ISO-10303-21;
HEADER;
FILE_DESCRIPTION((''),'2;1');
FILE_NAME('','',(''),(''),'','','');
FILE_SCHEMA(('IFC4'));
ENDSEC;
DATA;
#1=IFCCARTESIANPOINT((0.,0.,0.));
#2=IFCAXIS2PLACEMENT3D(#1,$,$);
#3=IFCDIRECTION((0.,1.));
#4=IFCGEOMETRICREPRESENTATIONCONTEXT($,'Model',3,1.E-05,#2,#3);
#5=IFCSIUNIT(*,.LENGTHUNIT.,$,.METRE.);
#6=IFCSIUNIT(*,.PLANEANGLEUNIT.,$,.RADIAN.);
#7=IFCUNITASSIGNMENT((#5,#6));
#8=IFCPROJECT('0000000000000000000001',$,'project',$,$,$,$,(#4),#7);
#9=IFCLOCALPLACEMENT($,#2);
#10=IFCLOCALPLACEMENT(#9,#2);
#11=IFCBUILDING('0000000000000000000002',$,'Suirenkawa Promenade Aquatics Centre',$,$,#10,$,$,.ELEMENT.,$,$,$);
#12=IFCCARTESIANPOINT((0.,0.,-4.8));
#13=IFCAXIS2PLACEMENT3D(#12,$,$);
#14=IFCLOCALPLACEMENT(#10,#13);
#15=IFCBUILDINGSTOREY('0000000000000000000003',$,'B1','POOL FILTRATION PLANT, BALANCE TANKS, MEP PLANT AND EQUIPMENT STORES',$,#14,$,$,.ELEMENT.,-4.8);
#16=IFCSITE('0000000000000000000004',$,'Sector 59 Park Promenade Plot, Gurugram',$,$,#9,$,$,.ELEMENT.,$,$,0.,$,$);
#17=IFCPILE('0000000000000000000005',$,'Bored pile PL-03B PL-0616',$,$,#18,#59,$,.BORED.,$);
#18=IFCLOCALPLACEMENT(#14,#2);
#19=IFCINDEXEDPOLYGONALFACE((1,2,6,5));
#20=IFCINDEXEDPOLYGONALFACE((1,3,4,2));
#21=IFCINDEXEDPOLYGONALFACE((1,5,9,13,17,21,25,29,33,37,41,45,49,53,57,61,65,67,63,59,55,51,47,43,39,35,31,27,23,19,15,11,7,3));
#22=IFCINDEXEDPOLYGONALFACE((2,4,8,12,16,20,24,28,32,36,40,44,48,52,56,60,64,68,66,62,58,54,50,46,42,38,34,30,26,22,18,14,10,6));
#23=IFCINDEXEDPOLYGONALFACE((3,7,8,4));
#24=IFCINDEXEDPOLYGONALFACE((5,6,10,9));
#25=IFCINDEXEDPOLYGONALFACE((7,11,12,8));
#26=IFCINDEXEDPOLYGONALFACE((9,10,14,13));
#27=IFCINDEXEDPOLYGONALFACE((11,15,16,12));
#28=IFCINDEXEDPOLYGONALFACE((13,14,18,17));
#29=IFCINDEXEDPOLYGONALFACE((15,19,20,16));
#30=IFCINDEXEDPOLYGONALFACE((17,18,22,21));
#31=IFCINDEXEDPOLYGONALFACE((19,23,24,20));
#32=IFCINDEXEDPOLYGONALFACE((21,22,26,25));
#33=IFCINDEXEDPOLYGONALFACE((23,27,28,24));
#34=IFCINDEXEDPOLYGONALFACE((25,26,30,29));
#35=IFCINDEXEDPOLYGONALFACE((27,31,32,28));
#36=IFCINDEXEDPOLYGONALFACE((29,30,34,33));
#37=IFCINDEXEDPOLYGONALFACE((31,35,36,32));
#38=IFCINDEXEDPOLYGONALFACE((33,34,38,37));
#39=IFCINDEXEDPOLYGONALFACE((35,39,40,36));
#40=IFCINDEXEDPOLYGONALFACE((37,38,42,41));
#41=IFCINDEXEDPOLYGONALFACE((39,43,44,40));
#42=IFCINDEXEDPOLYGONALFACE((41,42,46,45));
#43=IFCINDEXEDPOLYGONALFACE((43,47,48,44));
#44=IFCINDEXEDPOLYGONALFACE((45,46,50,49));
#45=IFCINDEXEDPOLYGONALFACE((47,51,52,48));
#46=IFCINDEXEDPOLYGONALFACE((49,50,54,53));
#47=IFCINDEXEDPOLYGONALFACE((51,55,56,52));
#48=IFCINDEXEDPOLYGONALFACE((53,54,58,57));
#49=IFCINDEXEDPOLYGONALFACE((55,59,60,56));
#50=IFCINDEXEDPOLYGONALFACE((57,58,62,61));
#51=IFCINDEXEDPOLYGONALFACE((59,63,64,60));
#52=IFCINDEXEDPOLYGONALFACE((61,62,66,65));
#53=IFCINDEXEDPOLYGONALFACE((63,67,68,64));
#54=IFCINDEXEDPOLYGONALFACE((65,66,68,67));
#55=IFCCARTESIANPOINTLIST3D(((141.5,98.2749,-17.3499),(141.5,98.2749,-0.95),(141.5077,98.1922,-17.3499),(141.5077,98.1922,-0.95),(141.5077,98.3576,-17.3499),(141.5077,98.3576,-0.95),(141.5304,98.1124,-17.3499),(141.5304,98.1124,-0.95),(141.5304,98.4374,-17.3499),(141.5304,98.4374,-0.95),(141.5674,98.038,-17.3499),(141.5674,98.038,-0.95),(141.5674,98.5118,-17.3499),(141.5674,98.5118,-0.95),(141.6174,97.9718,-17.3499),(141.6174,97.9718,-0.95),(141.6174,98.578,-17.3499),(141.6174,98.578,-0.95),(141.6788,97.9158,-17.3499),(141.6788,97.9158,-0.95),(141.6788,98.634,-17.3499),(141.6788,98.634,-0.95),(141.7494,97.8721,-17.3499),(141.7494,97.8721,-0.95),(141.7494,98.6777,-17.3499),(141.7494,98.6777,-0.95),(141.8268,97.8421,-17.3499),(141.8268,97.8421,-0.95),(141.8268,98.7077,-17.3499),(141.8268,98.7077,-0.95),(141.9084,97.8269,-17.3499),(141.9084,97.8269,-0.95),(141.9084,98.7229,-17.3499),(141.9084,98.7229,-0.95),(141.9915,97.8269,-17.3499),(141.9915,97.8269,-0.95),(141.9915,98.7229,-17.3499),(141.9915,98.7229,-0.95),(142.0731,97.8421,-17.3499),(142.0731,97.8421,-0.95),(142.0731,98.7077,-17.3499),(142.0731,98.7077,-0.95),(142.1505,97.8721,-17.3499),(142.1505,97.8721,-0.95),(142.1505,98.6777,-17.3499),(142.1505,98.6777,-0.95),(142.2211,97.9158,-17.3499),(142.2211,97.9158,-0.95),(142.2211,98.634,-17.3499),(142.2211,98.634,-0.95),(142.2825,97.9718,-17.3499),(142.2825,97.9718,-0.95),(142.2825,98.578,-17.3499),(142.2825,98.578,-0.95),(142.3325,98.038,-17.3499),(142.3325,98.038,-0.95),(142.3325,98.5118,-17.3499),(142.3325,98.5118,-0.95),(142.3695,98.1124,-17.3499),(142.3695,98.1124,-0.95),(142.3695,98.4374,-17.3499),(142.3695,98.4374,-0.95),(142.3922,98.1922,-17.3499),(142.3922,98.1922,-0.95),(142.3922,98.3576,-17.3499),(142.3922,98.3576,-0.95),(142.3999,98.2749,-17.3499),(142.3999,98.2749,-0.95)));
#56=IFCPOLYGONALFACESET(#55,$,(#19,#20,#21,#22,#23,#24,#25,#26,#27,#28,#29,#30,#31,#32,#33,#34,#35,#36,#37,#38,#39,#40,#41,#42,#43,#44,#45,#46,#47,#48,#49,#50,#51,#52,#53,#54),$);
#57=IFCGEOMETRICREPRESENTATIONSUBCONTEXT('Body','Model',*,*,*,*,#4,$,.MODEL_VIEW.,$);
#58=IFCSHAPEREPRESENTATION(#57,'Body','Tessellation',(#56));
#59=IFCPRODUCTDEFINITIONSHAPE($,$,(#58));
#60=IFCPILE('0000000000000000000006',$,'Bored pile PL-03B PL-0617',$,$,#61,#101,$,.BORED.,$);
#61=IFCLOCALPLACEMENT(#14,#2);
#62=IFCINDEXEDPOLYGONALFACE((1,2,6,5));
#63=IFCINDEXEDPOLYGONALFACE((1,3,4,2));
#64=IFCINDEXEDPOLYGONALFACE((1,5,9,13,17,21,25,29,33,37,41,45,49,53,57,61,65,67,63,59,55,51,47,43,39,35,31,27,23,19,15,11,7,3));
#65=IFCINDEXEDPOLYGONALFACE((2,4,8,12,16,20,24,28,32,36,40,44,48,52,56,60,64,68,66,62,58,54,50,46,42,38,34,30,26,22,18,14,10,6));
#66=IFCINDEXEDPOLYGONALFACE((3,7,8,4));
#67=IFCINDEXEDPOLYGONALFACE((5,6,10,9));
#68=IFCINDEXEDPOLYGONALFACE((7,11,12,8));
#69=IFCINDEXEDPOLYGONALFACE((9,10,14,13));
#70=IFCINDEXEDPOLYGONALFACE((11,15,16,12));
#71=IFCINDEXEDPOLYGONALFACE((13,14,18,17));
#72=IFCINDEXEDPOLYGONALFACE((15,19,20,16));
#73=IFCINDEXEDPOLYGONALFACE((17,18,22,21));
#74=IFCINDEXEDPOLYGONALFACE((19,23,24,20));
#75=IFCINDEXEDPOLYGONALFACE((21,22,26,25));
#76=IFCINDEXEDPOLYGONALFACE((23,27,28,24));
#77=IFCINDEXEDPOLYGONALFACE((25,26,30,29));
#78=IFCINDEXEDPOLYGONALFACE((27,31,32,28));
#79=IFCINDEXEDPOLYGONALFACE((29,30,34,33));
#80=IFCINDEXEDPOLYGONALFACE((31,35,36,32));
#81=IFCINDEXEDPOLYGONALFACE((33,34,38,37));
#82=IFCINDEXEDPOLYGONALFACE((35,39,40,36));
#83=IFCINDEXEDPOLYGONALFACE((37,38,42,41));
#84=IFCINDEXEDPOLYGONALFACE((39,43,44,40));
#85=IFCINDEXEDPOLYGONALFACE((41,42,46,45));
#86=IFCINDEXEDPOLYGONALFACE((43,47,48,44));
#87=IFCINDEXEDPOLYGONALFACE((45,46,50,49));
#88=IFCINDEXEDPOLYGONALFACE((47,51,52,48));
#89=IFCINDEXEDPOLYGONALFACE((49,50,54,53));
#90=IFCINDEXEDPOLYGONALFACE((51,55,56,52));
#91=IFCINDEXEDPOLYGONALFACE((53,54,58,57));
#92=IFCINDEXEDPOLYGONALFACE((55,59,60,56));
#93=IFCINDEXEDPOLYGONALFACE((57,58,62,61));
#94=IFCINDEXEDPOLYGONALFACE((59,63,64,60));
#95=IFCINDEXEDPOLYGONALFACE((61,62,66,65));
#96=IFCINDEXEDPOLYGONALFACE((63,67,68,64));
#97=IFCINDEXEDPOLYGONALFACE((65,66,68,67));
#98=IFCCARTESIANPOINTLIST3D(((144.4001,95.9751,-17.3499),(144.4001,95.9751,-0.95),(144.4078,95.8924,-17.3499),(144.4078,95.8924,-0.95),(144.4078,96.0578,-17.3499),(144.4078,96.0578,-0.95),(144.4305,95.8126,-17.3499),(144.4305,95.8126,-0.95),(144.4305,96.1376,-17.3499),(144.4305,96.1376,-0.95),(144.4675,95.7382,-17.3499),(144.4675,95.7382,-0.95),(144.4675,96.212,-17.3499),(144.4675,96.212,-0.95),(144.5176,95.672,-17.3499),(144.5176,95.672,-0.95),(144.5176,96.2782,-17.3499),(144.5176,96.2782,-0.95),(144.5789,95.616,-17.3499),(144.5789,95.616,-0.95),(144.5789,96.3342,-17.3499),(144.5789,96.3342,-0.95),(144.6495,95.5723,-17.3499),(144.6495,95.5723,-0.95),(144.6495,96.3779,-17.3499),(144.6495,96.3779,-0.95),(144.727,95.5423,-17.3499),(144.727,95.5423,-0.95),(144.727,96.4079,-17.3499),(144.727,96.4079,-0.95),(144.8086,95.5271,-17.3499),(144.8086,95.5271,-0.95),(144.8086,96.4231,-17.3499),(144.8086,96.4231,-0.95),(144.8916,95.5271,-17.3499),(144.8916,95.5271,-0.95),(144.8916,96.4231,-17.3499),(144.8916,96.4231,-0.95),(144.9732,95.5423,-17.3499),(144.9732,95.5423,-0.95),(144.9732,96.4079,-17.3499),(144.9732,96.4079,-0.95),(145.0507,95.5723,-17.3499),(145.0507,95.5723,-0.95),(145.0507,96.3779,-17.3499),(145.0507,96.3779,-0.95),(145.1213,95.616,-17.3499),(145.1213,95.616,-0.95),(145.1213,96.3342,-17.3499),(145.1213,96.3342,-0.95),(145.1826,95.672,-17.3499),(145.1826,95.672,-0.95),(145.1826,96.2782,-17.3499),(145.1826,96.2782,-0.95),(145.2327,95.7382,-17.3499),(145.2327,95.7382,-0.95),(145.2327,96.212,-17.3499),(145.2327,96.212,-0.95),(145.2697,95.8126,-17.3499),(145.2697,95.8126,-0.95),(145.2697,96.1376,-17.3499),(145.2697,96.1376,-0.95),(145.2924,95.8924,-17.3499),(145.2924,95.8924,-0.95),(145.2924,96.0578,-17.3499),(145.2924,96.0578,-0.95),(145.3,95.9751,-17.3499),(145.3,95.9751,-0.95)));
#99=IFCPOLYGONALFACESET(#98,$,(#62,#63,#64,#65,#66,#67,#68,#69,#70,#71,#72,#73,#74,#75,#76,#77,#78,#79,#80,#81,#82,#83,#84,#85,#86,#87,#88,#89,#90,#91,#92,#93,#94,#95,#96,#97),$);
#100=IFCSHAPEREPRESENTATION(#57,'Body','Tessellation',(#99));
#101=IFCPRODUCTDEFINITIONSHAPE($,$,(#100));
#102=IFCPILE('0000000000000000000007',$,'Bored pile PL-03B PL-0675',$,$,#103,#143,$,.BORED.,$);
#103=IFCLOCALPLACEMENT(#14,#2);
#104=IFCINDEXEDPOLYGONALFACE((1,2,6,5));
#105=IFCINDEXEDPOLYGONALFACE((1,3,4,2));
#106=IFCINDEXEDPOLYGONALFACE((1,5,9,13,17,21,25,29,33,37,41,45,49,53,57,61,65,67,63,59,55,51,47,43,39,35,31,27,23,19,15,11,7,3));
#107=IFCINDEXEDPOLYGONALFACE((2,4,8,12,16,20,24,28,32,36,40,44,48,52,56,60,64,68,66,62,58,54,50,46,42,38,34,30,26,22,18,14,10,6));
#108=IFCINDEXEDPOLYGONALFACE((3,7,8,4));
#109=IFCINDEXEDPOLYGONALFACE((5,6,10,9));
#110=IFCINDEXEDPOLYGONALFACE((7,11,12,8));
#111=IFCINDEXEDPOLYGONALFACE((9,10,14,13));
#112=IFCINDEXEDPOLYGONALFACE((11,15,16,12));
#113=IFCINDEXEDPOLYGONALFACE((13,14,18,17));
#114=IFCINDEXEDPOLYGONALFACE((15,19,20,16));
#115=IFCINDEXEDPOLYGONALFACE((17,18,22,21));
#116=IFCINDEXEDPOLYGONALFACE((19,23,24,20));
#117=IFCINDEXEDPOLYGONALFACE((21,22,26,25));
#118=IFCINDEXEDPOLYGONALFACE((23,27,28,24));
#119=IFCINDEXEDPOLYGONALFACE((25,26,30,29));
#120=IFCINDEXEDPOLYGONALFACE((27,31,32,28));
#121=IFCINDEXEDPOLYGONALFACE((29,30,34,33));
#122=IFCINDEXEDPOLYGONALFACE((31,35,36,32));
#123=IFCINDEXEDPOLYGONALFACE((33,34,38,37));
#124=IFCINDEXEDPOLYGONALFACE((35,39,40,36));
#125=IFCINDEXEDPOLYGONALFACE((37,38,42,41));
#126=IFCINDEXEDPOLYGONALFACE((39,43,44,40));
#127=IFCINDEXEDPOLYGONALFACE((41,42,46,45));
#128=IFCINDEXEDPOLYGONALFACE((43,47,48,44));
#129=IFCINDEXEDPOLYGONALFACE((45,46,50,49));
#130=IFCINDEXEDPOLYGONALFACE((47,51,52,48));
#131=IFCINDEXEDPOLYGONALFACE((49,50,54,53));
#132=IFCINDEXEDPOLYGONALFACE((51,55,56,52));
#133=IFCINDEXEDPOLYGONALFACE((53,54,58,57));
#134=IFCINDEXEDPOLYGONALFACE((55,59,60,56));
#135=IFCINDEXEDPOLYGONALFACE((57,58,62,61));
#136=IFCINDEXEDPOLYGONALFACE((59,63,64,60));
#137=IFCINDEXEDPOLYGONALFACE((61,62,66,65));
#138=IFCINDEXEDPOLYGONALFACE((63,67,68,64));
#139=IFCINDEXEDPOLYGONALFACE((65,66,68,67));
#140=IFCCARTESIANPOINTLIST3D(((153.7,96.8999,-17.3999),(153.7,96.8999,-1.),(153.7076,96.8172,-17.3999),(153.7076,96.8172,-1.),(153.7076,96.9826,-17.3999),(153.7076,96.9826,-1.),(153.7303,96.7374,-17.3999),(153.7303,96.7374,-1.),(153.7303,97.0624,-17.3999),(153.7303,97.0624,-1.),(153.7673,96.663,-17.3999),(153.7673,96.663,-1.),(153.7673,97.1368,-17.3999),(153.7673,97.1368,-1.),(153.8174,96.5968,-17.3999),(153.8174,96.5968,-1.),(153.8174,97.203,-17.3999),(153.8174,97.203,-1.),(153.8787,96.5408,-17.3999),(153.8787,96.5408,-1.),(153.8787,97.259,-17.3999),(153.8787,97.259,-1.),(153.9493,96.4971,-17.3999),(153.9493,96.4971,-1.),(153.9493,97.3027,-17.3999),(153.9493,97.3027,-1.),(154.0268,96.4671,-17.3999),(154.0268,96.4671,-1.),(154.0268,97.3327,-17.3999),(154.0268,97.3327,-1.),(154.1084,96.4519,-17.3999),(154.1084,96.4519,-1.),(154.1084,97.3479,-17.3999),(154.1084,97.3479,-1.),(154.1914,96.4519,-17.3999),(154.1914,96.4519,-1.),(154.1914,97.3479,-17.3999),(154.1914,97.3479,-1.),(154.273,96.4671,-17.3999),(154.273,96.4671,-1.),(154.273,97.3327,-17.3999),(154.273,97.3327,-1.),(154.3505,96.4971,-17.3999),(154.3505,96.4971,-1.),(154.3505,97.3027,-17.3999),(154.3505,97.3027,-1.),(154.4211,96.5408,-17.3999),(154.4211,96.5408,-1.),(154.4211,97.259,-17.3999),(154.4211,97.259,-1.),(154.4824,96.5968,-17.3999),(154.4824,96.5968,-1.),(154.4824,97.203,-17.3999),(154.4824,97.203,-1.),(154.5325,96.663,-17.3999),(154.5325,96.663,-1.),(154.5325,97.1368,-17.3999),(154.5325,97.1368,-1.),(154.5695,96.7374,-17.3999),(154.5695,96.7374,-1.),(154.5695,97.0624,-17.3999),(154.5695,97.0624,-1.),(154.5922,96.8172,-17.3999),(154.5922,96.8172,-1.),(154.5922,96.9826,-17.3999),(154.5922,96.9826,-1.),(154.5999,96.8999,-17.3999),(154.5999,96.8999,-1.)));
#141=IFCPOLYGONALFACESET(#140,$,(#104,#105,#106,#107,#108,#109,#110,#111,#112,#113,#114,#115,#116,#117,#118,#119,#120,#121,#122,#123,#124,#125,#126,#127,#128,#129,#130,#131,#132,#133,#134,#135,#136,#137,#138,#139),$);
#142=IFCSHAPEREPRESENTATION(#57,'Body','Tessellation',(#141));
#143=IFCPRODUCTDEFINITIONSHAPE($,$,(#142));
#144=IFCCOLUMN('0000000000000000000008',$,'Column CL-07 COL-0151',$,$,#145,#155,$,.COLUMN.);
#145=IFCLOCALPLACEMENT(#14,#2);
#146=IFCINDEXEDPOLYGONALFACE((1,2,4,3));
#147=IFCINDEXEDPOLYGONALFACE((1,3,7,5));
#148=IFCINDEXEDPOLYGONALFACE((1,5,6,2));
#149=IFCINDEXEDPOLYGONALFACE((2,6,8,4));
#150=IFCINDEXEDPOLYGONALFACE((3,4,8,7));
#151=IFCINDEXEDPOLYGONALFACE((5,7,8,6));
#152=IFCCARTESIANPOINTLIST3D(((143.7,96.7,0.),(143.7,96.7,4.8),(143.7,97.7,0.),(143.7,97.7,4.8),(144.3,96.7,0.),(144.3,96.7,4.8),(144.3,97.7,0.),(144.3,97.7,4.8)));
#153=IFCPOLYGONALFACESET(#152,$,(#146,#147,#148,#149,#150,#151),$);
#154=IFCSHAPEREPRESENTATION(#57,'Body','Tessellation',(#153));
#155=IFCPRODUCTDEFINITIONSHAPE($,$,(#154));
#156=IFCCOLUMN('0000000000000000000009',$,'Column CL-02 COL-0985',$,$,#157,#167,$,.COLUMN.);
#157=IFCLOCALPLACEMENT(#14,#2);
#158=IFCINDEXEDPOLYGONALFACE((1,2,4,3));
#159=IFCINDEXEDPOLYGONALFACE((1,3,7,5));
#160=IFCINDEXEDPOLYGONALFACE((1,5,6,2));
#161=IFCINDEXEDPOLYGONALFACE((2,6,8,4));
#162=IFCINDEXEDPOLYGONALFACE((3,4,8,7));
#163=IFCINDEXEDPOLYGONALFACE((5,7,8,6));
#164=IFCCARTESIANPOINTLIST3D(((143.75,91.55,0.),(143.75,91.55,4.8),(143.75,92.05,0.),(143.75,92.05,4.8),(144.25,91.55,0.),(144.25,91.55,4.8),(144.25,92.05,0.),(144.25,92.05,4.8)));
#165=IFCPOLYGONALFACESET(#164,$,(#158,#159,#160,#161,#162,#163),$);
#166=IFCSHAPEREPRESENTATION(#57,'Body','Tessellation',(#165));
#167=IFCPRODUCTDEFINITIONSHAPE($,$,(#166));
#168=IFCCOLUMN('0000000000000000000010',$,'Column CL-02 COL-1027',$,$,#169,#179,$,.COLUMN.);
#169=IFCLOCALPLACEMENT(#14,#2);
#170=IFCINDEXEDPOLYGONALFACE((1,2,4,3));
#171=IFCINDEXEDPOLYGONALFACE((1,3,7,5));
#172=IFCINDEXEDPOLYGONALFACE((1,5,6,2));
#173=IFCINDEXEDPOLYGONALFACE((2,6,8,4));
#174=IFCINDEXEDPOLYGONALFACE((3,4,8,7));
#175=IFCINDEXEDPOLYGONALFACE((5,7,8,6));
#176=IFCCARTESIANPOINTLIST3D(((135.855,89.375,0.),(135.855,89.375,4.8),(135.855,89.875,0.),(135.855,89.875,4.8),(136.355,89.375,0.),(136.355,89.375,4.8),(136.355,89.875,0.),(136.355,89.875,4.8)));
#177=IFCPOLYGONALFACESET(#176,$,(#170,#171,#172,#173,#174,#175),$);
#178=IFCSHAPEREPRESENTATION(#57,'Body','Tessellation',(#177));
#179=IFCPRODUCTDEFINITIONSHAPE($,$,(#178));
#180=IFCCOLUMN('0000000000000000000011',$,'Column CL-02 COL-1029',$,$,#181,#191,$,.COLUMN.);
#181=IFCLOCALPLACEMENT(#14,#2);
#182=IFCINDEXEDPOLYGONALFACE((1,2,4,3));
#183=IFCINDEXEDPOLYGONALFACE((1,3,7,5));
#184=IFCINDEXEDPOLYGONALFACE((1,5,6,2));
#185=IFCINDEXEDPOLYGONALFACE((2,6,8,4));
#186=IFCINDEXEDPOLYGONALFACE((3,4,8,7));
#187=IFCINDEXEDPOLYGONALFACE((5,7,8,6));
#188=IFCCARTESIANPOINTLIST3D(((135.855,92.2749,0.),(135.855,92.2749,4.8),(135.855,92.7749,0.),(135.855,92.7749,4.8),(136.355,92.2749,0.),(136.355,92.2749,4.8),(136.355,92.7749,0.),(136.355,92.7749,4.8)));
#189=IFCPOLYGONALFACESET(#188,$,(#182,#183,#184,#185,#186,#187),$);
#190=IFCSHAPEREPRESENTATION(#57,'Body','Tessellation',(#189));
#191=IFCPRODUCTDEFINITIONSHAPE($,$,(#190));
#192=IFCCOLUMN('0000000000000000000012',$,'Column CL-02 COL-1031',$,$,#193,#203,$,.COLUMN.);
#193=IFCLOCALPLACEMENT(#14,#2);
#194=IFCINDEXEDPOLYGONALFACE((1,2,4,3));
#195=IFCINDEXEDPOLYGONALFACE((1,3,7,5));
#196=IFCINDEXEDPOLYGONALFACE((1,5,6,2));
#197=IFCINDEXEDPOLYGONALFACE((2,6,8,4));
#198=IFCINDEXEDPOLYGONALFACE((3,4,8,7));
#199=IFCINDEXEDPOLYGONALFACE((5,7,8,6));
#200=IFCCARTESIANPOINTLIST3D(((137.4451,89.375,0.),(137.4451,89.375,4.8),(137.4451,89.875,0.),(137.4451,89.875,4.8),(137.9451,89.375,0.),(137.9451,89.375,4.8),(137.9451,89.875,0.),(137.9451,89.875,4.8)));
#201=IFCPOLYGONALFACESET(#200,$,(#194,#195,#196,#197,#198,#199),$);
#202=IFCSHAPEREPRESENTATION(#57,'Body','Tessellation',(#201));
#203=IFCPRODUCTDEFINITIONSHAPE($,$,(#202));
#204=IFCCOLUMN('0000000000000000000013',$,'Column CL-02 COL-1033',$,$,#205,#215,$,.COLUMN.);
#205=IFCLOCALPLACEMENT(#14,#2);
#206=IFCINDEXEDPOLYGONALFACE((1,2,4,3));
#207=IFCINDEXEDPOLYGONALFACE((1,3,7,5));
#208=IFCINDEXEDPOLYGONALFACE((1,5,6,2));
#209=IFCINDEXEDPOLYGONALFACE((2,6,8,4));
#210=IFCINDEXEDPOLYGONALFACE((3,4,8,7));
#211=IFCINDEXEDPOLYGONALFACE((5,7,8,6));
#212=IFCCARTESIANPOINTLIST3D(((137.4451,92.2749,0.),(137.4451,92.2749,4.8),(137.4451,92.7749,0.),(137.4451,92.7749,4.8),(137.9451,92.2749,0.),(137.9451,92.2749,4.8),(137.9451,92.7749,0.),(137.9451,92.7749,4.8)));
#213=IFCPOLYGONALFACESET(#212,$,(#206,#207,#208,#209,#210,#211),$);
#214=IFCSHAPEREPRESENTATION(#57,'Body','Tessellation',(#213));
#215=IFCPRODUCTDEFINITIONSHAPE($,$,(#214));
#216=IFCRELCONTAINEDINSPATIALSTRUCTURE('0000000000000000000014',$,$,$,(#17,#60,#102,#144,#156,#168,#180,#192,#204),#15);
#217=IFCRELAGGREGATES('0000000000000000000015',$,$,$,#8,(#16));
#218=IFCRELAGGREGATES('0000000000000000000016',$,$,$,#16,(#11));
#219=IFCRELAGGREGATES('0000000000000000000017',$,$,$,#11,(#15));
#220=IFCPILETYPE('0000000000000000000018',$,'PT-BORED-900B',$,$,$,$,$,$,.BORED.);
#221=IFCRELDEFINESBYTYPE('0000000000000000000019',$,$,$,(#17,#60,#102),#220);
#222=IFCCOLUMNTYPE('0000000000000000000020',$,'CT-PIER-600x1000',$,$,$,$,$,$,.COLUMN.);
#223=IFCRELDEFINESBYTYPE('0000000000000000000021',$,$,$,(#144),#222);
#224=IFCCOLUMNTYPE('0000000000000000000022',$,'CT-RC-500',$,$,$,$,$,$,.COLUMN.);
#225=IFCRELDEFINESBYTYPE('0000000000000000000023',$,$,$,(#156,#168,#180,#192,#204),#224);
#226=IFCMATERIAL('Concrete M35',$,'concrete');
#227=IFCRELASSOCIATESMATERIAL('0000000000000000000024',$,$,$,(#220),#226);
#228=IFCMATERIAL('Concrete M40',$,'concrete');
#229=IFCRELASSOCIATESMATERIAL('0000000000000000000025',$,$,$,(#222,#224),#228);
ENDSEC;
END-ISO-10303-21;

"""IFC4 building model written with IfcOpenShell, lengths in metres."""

from ifc_helpers import new_model, si_unit, direction, frame, origin, origin_2d, place, context, subcontext, project, spatial, rectangle, circle, extrude, material, material_profile, profile_set, type_object, element, save


model = new_model("IFC4")

# Units and contexts
model_context = context("Model", 3, precision=1e-05, world=origin(), true_north=direction((0.0, 1.0)))
body_context = subcontext(model_context, "Body", "Model", "MODEL_VIEW")
ifc_project = project(units=[si_unit("LENGTHUNIT", "METRE"), si_unit("PLANEANGLEUNIT", "RADIAN")], contexts=[model_context])

# Site, building, storey
site_placement = place(None, origin())
site = spatial("IfcSite", under=ifc_project, at=site_placement, Name="Sector 59 Park Promenade Plot, Gurugram", CompositionType="ELEMENT", RefElevation=0.0)
building_placement = place(site_placement, origin())
building = spatial("IfcBuilding", under=site, at=building_placement, Name="Suirenkawa Promenade Aquatics Centre", CompositionType="ELEMENT")
storey_placement = place(building_placement, frame((0.0, 0.0, -4.8)))
storey = spatial("IfcBuildingStorey", under=building, at=storey_placement, Name="B1", Description="POOL FILTRATION PLANT, BALANCE TANKS, MEP PLANT AND EQUIPMENT STORES", CompositionType="ELEMENT", Elevation=-4.8)

# Shared definitions
ifc_material_1 = material(Name="Concrete M35", Category="concrete")

# Piles
ifc_material_profile_1 = material_profile(ifc_material_1, circle(Radius=0.45, at=origin_2d()), Name="PILE D900", Category="concrete")
ifc_profile_set_1 = profile_set([ifc_material_profile_1], Name="Concrete M35")
pile_type_1 = type_object("IfcPileType", Name="PT-BORED-900B", PredefinedType="BORED", material=ifc_profile_set_1)
for number, where, z_axis, x_axis, name in (
    (1, (141.95, 98.2749, -0.95), (0.0, 0.0, -1.0), (1.0, 0.0, 0.0), "Bored pile PL-03B PL-0616"),
    (2, (144.8501, 95.9751, -0.95), (0.0, 0.0, -1.0), (1.0, 0.0, 0.0), "Bored pile PL-03B PL-0617"),
    (3, (154.1499, 96.8999, -1.0), (0.0, 0.0, -1.0), (1.0, 0.0, 0.0), "Bored pile PL-03B PL-0675"),
):
    element("IfcPile", number, at=place(storey_placement, frame(where, z_axis=z_axis, x_axis=x_axis)), inside=storey, type_object=pile_type_1, Name=name, PredefinedType="BORED", context=body_context, shape_type="SweptSolid", body=[
        extrude(circle(Radius=0.45, at=origin_2d()), origin(), (0.0, 0.0, 1.0), 16.3999),
    ])

# Columns
ifc_material_2 = material(Name="Concrete M40", Category="concrete")
ifc_material_profile_2 = material_profile(ifc_material_2, rectangle(XDim=0.6001, YDim=1.0, at=origin_2d()), Name="RC PIER 600x1000", Category="concrete")
ifc_profile_set_2 = profile_set([ifc_material_profile_2], Name="Concrete M40")
column_type_1 = type_object("IfcColumnType", Name="CT-PIER-600x1000", PredefinedType="COLUMN", material=ifc_profile_set_2)
column_1_placement = place(storey_placement, frame((144.0, 97.2, 0.0), z_axis=(0.0, 0.0, 1.0), x_axis=(1.0, 0.0, 0.0)))
element("IfcColumn", 4, at=column_1_placement, inside=storey, type_object=column_type_1, Name="Column CL-07 COL-0151", PredefinedType="COLUMN", context=body_context, shape_type="SweptSolid", body=[
    extrude(rectangle(XDim=0.6001, YDim=1.0, at=origin_2d()), origin(), (0.0, 0.0, 1.0), 4.8),
])
ifc_material_profile_3 = material_profile(ifc_material_2, rectangle(XDim=0.5, YDim=0.5, at=origin_2d()), Name="RC COL 500x500", Category="concrete")
ifc_profile_set_3 = profile_set([ifc_material_profile_3], Name="Concrete M40")
column_type_2 = type_object("IfcColumnType", Name="CT-RC-500", PredefinedType="COLUMN", material=ifc_profile_set_3)
for number, where, z_axis, x_axis, name in (
    (5, (144.0, 91.8, 0.0), (0.0, 0.0, 1.0), (1.0, 0.0, 0.0), "Column CL-02 COL-0985"),
    (6, (136.105, 89.625, 0.0), (0.0, 0.0, 1.0), (1.0, 0.0, 0.0), "Column CL-02 COL-1027"),
    (7, (136.105, 92.5249, 0.0), (0.0, 0.0, 1.0), (1.0, 0.0, 0.0), "Column CL-02 COL-1029"),
    (8, (137.6951, 89.625, 0.0), (0.0, 0.0, 1.0), (1.0, 0.0, 0.0), "Column CL-02 COL-1031"),
    (9, (137.6951, 92.5249, 0.0), (0.0, 0.0, 1.0), (1.0, 0.0, 0.0), "Column CL-02 COL-1033"),
):
    element("IfcColumn", number, at=place(storey_placement, frame(where, z_axis=z_axis, x_axis=x_axis)), inside=storey, type_object=column_type_2, Name=name, PredefinedType="COLUMN", context=body_context, shape_type="SweptSolid", body=[
        extrude(rectangle(XDim=0.5, YDim=0.5, at=origin_2d()), origin(), (0.0, 0.0, 1.0), 4.8),
    ])

save(model, "model.ifc")
